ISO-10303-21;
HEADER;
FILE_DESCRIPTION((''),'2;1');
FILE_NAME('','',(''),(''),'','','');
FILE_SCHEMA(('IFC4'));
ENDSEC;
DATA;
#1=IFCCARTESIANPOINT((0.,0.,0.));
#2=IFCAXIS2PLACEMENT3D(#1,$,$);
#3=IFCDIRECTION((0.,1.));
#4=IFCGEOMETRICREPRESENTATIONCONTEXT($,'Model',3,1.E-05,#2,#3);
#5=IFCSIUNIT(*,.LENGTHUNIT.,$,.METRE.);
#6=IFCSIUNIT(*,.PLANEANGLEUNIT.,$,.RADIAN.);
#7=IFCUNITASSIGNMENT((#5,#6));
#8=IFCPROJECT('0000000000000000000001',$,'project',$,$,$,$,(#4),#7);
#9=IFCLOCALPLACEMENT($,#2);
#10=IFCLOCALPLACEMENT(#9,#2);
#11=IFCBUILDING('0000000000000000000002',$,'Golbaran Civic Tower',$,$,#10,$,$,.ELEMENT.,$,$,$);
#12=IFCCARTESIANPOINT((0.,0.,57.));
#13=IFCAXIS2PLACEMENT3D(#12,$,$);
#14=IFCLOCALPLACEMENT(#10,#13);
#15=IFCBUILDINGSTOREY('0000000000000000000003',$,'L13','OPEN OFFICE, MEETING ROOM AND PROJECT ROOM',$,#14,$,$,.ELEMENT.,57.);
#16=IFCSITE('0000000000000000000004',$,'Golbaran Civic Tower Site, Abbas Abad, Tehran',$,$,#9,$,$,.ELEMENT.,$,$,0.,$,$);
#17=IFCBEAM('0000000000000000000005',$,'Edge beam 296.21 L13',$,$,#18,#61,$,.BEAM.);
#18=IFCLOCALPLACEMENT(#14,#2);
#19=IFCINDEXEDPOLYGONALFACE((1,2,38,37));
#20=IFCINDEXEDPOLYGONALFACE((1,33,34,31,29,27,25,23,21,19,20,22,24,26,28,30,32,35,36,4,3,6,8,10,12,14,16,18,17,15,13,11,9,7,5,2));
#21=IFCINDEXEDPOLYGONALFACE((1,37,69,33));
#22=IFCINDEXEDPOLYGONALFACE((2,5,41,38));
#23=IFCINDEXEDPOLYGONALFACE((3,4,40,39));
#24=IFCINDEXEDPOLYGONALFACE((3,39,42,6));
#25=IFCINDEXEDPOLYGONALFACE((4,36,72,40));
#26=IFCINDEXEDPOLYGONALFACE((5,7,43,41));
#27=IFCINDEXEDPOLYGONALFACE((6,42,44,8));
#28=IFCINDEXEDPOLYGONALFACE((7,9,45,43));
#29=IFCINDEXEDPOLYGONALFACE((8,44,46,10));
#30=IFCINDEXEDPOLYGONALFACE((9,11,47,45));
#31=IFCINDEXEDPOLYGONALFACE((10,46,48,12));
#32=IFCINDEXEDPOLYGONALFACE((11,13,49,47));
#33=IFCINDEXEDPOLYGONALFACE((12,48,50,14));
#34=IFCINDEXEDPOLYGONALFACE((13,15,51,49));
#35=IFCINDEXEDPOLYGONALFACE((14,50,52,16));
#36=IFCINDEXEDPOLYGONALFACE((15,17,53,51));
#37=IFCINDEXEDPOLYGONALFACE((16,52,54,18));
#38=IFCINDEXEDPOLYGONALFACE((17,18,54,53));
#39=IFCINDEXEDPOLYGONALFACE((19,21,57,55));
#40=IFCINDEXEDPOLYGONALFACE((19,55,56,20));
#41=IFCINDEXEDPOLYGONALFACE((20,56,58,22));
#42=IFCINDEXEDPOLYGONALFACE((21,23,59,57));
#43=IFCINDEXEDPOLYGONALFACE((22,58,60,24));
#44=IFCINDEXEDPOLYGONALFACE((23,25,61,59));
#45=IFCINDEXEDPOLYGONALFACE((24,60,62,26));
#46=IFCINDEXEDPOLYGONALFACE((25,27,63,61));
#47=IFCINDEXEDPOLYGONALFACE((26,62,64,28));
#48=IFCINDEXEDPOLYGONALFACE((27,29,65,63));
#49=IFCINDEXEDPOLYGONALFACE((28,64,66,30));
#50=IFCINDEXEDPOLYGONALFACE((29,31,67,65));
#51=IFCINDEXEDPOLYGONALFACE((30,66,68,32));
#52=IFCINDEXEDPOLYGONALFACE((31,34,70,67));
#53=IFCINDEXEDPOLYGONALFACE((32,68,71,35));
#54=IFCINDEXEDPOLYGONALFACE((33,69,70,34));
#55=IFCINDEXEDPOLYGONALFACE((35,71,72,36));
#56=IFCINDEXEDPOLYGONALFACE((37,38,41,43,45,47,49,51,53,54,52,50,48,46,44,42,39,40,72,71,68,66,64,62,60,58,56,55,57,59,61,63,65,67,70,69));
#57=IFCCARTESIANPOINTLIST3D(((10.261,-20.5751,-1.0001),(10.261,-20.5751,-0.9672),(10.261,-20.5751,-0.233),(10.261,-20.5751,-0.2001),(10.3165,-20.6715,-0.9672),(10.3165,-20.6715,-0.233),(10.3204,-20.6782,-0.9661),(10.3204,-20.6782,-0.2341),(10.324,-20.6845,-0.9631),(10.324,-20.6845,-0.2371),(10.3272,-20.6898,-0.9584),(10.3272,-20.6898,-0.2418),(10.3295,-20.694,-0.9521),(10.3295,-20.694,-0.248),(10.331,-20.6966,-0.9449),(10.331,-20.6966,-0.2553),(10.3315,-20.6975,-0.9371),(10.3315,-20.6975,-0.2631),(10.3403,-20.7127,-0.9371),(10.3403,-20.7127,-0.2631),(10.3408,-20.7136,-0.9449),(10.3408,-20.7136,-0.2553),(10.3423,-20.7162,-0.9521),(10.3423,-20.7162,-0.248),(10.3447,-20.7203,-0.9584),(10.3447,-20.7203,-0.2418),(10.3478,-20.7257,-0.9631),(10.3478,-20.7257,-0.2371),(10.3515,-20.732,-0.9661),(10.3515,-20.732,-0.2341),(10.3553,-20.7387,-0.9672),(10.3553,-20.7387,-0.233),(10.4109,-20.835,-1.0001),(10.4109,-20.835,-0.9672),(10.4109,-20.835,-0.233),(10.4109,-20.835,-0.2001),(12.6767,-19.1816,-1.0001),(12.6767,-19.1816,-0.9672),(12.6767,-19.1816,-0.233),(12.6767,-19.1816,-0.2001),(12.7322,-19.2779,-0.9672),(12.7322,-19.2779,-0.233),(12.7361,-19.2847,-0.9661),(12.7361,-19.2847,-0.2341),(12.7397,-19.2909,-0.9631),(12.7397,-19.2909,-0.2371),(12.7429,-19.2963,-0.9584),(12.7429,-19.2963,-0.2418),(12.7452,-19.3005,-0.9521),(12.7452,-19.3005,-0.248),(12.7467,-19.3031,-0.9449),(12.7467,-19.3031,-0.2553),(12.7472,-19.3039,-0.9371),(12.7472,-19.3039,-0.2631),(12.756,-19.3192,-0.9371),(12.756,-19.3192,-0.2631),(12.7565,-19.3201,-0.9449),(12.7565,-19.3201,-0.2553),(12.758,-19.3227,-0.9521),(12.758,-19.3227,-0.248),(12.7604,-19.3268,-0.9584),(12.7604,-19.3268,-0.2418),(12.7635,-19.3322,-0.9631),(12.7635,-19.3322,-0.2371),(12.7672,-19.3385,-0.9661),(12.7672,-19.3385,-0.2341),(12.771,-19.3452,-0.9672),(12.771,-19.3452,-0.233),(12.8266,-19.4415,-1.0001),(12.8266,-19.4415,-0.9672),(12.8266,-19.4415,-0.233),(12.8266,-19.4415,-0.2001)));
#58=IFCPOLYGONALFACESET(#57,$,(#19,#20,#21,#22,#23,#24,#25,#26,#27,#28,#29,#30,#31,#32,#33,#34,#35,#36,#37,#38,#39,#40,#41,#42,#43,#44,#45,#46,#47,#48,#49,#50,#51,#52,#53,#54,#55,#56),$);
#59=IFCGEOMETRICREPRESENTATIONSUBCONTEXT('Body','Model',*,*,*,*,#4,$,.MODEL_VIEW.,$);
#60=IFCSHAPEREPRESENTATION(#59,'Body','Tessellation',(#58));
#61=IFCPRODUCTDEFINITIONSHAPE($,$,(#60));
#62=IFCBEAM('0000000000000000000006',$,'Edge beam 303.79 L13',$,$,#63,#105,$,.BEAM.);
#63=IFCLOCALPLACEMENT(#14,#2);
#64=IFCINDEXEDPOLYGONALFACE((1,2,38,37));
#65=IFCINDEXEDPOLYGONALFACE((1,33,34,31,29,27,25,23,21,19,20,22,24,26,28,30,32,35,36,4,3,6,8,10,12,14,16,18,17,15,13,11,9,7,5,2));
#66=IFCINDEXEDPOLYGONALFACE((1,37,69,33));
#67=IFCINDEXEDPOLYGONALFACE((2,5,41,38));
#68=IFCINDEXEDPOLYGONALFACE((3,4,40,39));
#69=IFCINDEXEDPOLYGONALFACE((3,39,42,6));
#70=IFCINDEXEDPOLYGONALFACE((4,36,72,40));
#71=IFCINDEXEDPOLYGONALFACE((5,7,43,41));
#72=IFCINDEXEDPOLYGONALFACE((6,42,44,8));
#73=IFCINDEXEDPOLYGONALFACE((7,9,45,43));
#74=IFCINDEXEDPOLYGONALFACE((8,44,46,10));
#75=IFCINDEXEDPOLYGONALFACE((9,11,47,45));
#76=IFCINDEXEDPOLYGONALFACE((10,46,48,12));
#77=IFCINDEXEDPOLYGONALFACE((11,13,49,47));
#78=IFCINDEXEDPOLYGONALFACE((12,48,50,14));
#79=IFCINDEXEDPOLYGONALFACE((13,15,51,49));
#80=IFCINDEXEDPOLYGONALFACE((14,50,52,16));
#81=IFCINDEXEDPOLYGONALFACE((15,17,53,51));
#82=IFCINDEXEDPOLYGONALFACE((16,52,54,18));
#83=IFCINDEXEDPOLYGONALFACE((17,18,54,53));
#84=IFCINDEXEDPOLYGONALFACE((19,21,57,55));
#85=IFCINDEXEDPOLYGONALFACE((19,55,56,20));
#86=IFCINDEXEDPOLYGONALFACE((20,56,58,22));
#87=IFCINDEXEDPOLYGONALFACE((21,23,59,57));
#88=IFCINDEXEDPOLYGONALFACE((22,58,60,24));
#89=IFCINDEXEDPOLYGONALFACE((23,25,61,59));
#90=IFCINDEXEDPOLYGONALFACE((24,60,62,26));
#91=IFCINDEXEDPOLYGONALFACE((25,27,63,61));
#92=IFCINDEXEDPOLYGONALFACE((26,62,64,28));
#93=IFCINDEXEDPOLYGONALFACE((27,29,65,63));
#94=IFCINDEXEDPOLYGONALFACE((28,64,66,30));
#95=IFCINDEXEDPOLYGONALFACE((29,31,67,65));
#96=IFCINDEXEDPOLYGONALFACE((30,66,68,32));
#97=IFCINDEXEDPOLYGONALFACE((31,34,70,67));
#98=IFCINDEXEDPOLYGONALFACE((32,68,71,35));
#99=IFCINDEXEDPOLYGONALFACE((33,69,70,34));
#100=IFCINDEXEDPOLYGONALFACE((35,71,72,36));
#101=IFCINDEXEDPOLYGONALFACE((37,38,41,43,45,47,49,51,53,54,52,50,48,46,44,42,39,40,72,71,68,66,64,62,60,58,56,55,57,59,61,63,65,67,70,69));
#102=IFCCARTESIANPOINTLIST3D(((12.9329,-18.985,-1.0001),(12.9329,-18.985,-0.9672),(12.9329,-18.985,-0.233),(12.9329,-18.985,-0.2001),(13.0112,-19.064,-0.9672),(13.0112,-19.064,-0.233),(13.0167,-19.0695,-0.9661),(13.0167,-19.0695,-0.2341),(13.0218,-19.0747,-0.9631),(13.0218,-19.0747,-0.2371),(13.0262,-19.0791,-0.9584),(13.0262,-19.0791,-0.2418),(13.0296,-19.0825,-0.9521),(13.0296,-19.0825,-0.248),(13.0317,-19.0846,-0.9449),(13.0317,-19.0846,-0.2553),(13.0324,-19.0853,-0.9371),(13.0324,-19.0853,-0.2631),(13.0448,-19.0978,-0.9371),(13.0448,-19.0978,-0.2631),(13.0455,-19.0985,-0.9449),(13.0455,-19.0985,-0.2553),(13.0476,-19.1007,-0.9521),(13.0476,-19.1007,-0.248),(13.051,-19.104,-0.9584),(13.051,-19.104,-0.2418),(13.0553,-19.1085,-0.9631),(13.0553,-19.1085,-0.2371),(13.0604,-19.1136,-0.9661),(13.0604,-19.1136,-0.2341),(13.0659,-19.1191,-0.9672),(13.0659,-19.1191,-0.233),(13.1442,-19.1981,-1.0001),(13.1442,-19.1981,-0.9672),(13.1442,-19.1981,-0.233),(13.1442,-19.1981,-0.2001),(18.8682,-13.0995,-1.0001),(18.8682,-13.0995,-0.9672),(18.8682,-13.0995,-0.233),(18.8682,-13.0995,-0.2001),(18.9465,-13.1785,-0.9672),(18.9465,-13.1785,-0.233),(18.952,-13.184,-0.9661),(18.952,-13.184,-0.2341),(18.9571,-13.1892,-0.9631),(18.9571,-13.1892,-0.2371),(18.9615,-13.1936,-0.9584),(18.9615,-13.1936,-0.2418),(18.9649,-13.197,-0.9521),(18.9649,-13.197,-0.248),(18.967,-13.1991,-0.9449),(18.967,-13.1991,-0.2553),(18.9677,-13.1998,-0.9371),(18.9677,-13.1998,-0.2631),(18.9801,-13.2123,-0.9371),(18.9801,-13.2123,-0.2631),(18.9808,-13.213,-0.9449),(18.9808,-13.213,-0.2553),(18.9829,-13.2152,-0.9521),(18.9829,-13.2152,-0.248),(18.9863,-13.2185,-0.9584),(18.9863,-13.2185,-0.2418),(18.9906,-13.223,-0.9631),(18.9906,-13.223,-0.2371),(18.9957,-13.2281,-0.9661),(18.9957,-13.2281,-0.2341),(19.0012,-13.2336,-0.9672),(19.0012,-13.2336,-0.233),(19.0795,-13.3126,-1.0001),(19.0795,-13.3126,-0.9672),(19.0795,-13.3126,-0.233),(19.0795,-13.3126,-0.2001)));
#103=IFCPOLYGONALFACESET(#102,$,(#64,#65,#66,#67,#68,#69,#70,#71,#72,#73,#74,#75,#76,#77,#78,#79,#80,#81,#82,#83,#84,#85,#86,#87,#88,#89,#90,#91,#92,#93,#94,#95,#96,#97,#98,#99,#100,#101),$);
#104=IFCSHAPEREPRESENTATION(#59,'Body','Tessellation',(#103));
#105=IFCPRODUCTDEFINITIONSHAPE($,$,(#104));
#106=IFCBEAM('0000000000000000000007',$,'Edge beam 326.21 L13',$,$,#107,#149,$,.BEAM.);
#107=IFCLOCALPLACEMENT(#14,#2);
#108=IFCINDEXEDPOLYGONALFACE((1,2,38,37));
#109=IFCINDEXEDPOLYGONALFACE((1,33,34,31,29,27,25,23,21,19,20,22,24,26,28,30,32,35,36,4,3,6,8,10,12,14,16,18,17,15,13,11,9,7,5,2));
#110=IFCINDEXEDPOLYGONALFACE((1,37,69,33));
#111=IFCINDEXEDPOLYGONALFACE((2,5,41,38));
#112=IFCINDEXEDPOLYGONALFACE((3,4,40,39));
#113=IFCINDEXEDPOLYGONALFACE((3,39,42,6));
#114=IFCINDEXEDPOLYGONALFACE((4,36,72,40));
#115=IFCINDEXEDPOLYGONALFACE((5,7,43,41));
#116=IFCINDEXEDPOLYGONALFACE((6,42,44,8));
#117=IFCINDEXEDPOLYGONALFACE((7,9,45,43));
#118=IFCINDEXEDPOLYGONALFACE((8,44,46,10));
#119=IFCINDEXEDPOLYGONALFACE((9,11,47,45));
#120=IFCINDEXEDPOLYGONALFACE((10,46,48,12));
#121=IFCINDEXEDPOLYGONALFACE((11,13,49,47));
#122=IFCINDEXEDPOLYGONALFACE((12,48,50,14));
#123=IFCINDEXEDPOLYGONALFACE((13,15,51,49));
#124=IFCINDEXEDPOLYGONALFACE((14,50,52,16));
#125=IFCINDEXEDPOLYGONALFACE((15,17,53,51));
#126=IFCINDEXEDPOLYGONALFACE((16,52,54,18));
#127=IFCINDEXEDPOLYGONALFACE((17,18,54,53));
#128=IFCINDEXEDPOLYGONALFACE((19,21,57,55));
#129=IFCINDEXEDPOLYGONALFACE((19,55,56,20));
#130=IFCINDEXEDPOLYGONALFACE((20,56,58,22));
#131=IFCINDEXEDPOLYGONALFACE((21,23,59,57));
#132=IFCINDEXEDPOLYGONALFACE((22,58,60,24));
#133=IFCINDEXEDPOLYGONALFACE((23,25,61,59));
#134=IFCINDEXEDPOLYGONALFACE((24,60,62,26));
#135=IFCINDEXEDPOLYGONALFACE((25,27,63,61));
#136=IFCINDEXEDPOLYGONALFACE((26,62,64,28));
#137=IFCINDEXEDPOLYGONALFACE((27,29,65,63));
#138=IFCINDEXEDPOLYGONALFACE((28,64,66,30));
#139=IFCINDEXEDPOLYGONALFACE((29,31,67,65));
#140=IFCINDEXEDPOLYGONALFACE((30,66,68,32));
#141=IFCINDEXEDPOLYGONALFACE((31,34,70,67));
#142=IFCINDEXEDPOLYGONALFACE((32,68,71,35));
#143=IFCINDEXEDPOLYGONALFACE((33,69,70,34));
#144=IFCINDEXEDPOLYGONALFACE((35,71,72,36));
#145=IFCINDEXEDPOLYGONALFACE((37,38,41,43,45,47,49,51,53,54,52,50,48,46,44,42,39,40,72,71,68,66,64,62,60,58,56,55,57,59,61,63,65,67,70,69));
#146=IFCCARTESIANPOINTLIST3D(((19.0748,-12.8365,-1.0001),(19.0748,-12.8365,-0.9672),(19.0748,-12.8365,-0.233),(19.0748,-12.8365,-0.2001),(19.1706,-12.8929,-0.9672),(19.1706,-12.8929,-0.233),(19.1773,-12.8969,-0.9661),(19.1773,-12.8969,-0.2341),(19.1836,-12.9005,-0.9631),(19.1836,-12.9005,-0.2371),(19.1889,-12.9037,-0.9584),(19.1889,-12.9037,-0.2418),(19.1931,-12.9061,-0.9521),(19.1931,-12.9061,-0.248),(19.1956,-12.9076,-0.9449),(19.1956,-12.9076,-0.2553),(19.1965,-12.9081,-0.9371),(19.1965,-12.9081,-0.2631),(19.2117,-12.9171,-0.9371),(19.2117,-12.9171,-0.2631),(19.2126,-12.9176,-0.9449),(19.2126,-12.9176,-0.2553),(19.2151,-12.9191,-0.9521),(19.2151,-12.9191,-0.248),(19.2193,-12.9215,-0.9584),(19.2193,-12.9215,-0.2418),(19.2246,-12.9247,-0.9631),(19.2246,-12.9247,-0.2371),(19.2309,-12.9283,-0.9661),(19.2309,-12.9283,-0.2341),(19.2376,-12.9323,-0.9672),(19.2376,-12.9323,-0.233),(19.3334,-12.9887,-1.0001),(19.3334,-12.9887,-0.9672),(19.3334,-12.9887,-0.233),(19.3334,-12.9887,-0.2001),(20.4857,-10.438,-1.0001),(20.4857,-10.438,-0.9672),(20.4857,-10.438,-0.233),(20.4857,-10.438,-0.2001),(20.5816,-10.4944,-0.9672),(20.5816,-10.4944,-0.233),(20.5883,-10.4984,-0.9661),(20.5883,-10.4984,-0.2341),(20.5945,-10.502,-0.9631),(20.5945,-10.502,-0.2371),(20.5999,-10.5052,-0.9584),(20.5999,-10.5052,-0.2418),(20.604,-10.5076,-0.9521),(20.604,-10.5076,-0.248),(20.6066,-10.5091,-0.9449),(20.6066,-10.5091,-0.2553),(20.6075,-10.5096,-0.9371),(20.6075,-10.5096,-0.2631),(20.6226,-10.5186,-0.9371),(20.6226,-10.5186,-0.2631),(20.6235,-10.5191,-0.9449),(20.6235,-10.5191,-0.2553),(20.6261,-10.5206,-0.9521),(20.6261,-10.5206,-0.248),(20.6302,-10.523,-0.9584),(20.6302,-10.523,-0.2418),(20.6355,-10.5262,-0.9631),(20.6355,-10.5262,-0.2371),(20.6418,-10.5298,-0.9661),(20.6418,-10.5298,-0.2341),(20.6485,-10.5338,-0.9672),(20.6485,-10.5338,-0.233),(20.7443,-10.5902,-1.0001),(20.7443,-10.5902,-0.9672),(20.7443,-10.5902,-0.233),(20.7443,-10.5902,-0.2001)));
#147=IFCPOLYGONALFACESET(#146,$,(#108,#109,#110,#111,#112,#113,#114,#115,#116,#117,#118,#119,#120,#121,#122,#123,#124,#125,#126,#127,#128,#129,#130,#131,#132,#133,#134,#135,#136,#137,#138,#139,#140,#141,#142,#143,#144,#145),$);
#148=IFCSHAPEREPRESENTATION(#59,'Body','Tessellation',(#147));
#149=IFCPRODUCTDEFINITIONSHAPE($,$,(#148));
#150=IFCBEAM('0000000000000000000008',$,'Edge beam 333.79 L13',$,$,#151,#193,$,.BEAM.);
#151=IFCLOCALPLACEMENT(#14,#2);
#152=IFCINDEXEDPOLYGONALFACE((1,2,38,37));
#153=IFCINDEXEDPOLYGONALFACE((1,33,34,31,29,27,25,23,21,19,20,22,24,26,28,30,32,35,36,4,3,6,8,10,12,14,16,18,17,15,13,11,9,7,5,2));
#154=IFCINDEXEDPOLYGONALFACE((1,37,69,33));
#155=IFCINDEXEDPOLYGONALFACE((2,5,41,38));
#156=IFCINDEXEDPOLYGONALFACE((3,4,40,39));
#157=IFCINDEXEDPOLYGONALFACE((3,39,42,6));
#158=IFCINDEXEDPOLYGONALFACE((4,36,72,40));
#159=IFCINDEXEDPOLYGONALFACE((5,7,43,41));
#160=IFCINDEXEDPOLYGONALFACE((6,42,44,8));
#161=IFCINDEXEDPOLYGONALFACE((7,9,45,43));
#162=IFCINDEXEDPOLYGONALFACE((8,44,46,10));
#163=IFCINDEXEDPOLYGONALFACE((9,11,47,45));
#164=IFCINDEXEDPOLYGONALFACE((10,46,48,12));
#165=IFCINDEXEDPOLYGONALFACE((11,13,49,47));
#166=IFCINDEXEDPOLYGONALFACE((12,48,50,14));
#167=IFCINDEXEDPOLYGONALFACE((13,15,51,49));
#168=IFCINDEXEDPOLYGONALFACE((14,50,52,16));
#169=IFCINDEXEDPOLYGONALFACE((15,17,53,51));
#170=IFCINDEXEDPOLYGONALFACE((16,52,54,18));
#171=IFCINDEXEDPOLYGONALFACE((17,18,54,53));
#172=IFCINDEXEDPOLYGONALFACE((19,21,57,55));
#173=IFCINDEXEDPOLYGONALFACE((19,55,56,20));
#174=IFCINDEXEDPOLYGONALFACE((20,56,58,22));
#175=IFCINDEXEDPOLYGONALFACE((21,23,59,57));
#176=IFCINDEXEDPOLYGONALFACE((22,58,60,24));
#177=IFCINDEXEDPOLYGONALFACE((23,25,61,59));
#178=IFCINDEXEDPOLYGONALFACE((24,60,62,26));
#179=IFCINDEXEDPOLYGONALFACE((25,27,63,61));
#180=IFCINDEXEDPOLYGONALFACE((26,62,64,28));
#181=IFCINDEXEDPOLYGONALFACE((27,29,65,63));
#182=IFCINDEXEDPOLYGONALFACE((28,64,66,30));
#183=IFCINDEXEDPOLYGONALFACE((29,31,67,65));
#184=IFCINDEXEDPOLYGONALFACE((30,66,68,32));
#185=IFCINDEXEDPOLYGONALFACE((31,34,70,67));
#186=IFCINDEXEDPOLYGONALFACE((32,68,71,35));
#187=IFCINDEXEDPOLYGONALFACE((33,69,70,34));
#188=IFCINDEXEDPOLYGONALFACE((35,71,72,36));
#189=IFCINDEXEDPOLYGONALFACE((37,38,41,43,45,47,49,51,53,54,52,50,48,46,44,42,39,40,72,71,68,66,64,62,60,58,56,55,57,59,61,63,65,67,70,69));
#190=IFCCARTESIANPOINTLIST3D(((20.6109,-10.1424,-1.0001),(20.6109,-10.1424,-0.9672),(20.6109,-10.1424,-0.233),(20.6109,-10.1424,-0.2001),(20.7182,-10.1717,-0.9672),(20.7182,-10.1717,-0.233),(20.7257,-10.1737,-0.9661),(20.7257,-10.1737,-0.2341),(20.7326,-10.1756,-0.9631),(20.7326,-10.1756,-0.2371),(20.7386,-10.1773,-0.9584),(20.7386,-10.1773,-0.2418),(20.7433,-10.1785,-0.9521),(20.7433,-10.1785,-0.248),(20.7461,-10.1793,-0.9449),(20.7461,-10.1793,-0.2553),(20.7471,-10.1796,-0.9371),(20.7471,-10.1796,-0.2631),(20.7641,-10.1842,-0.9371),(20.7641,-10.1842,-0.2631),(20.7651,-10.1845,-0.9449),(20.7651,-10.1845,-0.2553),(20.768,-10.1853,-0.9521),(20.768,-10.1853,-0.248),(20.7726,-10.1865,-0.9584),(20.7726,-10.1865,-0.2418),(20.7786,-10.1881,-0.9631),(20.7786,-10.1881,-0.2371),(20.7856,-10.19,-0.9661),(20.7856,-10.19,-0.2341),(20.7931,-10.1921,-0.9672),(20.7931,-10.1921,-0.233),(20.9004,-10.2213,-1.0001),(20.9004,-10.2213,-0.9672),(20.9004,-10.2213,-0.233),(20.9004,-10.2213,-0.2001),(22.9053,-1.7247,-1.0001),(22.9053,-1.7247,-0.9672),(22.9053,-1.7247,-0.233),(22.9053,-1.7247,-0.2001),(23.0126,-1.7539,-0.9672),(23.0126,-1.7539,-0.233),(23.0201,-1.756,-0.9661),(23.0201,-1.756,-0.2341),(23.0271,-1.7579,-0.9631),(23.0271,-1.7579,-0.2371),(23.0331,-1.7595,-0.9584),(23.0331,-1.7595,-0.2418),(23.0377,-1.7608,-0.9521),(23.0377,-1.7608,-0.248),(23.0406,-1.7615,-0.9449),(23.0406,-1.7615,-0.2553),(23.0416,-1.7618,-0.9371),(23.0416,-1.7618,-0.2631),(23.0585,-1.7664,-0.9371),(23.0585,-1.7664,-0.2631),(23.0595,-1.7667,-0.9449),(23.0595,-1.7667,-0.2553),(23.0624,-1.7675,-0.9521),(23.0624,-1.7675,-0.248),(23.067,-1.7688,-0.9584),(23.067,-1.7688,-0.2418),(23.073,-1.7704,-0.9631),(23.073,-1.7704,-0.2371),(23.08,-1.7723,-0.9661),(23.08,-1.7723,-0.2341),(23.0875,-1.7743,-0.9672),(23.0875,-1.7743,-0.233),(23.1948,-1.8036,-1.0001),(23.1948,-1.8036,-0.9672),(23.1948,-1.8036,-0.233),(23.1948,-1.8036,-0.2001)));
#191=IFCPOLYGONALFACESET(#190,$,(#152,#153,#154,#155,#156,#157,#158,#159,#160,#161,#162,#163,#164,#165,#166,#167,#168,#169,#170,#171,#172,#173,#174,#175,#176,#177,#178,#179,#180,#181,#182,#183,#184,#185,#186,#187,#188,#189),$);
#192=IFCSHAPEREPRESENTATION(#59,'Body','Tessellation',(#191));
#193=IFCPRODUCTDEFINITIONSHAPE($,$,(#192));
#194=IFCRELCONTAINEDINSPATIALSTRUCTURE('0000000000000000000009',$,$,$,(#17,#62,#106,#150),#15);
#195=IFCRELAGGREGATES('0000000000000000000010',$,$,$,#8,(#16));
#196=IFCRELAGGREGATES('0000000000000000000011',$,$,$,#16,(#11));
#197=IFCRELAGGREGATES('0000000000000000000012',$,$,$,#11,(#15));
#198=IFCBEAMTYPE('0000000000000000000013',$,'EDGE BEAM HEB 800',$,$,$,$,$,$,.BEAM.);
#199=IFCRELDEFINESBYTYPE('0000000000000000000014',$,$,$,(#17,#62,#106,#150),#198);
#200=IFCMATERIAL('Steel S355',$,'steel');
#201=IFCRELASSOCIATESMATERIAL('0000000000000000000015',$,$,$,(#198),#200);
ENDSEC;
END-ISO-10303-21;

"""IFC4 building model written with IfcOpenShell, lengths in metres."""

from ifc_helpers import new_model, si_unit, direction, frame, origin, origin_2d, place, context, subcontext, project, spatial, i_section, extrude, material, material_profile, profile_set, type_object, element, save


model = new_model("IFC4")

# Units and contexts
model_context = context("Model", 3, precision=1e-05, world=origin(), true_north=direction((0.0, 1.0)))
body_context = subcontext(model_context, "Body", "Model", "MODEL_VIEW")
ifc_project = project(units=[si_unit("LENGTHUNIT", "METRE"), si_unit("PLANEANGLEUNIT", "RADIAN")], contexts=[model_context])

# Site, building, storey
site_placement = place(None, origin())
site = spatial("IfcSite", under=ifc_project, at=site_placement, Name="Golbaran Civic Tower Site, Abbas Abad, Tehran", CompositionType="ELEMENT", RefElevation=0.0)
building_placement = place(site_placement, origin())
building = spatial("IfcBuilding", under=site, at=building_placement, Name="Golbaran Civic Tower", CompositionType="ELEMENT")
storey_placement = place(building_placement, frame((0.0, 0.0, 57.0)))
storey = spatial("IfcBuildingStorey", under=building, at=storey_placement, Name="L13", Description="OPEN OFFICE, MEETING ROOM AND PROJECT ROOM", CompositionType="ELEMENT", Elevation=57.0)

# Beams
ifc_material_1 = material(Name="Steel S355", Category="steel")
ifc_material_profile_1 = material_profile(ifc_material_1, i_section(OverallWidth=0.3, OverallDepth=0.8, WebThickness=0.0176, FlangeThickness=0.033, FilletRadius=0.03, at=origin_2d()), Name="HEB 800")
ifc_profile_set_1 = profile_set([ifc_material_profile_1], Name="Steel S355")
beam_type_1 = type_object("IfcBeamType", Name="EDGE BEAM HEB 800", PredefinedType="BEAM", material=ifc_profile_set_1)
beam_1_placement = place(storey_placement, frame((10.3359, -20.7051, -0.6001), z_axis=(0.86621, 0.49968, 0.0), x_axis=(-0.49968, 0.86621, 0.0)))
element("IfcBeam", 1, at=beam_1_placement, inside=storey, type_object=beam_type_1, Name="Edge beam 296.21 L13", PredefinedType="BEAM", context=body_context, shape_type="SweptSolid", body=[
    extrude(i_section(OverallWidth=0.3, OverallDepth=0.8, WebThickness=0.0176, FlangeThickness=0.033, FilletRadius=0.03, at=origin_2d()), origin(), (0.0, 0.0, 1.0), 2.7888),
])
beam_2_placement = place(storey_placement, frame((13.0386, -19.0916, -0.6001), z_axis=(0.71008, 0.704121, 0.0), x_axis=(-0.704121, 0.71008, 0.0)))
element("IfcBeam", 2, at=beam_2_placement, inside=storey, type_object=beam_type_1, Name="Edge beam 303.79 L13", PredefinedType="BEAM", context=body_context, shape_type="SweptSolid", body=[
    extrude(i_section(OverallWidth=0.3, OverallDepth=0.8, WebThickness=0.0176, FlangeThickness=0.033, FilletRadius=0.03, at=origin_2d()), origin(), (0.0, 0.0, 1.0), 8.3586),
])
beam_3_placement = place(storey_placement, frame((19.2041, -12.9126, -0.6001), z_axis=(0.507032, 0.861927, 0.0), x_axis=(-0.861927, 0.507032, 0.0)))
element("IfcBeam", 3, at=beam_3_placement, inside=storey, type_object=beam_type_1, Name="Edge beam 326.21 L13", PredefinedType="BEAM", context=body_context, shape_type="SweptSolid", body=[
    extrude(i_section(OverallWidth=0.3, OverallDepth=0.8, WebThickness=0.0176, FlangeThickness=0.033, FilletRadius=0.03, at=origin_2d()), origin(), (0.0, 0.0, 1.0), 2.7827),
])
beam_4_placement = place(storey_placement, frame((20.7556, -10.1819, -0.6001), z_axis=(0.262978, 0.964802, 0.0), x_axis=(-0.964802, 0.262978, 0.0)))
element("IfcBeam", 4, at=beam_4_placement, inside=storey, type_object=beam_type_1, Name="Edge beam 333.79 L13", PredefinedType="BEAM", context=body_context, shape_type="SweptSolid", body=[
    extrude(i_section(OverallWidth=0.3, OverallDepth=0.8, WebThickness=0.0176, FlangeThickness=0.033, FilletRadius=0.03, at=origin_2d()), origin(), (0.0, 0.0, 1.0), 8.7249),
])

save(model, "model.ifc")
